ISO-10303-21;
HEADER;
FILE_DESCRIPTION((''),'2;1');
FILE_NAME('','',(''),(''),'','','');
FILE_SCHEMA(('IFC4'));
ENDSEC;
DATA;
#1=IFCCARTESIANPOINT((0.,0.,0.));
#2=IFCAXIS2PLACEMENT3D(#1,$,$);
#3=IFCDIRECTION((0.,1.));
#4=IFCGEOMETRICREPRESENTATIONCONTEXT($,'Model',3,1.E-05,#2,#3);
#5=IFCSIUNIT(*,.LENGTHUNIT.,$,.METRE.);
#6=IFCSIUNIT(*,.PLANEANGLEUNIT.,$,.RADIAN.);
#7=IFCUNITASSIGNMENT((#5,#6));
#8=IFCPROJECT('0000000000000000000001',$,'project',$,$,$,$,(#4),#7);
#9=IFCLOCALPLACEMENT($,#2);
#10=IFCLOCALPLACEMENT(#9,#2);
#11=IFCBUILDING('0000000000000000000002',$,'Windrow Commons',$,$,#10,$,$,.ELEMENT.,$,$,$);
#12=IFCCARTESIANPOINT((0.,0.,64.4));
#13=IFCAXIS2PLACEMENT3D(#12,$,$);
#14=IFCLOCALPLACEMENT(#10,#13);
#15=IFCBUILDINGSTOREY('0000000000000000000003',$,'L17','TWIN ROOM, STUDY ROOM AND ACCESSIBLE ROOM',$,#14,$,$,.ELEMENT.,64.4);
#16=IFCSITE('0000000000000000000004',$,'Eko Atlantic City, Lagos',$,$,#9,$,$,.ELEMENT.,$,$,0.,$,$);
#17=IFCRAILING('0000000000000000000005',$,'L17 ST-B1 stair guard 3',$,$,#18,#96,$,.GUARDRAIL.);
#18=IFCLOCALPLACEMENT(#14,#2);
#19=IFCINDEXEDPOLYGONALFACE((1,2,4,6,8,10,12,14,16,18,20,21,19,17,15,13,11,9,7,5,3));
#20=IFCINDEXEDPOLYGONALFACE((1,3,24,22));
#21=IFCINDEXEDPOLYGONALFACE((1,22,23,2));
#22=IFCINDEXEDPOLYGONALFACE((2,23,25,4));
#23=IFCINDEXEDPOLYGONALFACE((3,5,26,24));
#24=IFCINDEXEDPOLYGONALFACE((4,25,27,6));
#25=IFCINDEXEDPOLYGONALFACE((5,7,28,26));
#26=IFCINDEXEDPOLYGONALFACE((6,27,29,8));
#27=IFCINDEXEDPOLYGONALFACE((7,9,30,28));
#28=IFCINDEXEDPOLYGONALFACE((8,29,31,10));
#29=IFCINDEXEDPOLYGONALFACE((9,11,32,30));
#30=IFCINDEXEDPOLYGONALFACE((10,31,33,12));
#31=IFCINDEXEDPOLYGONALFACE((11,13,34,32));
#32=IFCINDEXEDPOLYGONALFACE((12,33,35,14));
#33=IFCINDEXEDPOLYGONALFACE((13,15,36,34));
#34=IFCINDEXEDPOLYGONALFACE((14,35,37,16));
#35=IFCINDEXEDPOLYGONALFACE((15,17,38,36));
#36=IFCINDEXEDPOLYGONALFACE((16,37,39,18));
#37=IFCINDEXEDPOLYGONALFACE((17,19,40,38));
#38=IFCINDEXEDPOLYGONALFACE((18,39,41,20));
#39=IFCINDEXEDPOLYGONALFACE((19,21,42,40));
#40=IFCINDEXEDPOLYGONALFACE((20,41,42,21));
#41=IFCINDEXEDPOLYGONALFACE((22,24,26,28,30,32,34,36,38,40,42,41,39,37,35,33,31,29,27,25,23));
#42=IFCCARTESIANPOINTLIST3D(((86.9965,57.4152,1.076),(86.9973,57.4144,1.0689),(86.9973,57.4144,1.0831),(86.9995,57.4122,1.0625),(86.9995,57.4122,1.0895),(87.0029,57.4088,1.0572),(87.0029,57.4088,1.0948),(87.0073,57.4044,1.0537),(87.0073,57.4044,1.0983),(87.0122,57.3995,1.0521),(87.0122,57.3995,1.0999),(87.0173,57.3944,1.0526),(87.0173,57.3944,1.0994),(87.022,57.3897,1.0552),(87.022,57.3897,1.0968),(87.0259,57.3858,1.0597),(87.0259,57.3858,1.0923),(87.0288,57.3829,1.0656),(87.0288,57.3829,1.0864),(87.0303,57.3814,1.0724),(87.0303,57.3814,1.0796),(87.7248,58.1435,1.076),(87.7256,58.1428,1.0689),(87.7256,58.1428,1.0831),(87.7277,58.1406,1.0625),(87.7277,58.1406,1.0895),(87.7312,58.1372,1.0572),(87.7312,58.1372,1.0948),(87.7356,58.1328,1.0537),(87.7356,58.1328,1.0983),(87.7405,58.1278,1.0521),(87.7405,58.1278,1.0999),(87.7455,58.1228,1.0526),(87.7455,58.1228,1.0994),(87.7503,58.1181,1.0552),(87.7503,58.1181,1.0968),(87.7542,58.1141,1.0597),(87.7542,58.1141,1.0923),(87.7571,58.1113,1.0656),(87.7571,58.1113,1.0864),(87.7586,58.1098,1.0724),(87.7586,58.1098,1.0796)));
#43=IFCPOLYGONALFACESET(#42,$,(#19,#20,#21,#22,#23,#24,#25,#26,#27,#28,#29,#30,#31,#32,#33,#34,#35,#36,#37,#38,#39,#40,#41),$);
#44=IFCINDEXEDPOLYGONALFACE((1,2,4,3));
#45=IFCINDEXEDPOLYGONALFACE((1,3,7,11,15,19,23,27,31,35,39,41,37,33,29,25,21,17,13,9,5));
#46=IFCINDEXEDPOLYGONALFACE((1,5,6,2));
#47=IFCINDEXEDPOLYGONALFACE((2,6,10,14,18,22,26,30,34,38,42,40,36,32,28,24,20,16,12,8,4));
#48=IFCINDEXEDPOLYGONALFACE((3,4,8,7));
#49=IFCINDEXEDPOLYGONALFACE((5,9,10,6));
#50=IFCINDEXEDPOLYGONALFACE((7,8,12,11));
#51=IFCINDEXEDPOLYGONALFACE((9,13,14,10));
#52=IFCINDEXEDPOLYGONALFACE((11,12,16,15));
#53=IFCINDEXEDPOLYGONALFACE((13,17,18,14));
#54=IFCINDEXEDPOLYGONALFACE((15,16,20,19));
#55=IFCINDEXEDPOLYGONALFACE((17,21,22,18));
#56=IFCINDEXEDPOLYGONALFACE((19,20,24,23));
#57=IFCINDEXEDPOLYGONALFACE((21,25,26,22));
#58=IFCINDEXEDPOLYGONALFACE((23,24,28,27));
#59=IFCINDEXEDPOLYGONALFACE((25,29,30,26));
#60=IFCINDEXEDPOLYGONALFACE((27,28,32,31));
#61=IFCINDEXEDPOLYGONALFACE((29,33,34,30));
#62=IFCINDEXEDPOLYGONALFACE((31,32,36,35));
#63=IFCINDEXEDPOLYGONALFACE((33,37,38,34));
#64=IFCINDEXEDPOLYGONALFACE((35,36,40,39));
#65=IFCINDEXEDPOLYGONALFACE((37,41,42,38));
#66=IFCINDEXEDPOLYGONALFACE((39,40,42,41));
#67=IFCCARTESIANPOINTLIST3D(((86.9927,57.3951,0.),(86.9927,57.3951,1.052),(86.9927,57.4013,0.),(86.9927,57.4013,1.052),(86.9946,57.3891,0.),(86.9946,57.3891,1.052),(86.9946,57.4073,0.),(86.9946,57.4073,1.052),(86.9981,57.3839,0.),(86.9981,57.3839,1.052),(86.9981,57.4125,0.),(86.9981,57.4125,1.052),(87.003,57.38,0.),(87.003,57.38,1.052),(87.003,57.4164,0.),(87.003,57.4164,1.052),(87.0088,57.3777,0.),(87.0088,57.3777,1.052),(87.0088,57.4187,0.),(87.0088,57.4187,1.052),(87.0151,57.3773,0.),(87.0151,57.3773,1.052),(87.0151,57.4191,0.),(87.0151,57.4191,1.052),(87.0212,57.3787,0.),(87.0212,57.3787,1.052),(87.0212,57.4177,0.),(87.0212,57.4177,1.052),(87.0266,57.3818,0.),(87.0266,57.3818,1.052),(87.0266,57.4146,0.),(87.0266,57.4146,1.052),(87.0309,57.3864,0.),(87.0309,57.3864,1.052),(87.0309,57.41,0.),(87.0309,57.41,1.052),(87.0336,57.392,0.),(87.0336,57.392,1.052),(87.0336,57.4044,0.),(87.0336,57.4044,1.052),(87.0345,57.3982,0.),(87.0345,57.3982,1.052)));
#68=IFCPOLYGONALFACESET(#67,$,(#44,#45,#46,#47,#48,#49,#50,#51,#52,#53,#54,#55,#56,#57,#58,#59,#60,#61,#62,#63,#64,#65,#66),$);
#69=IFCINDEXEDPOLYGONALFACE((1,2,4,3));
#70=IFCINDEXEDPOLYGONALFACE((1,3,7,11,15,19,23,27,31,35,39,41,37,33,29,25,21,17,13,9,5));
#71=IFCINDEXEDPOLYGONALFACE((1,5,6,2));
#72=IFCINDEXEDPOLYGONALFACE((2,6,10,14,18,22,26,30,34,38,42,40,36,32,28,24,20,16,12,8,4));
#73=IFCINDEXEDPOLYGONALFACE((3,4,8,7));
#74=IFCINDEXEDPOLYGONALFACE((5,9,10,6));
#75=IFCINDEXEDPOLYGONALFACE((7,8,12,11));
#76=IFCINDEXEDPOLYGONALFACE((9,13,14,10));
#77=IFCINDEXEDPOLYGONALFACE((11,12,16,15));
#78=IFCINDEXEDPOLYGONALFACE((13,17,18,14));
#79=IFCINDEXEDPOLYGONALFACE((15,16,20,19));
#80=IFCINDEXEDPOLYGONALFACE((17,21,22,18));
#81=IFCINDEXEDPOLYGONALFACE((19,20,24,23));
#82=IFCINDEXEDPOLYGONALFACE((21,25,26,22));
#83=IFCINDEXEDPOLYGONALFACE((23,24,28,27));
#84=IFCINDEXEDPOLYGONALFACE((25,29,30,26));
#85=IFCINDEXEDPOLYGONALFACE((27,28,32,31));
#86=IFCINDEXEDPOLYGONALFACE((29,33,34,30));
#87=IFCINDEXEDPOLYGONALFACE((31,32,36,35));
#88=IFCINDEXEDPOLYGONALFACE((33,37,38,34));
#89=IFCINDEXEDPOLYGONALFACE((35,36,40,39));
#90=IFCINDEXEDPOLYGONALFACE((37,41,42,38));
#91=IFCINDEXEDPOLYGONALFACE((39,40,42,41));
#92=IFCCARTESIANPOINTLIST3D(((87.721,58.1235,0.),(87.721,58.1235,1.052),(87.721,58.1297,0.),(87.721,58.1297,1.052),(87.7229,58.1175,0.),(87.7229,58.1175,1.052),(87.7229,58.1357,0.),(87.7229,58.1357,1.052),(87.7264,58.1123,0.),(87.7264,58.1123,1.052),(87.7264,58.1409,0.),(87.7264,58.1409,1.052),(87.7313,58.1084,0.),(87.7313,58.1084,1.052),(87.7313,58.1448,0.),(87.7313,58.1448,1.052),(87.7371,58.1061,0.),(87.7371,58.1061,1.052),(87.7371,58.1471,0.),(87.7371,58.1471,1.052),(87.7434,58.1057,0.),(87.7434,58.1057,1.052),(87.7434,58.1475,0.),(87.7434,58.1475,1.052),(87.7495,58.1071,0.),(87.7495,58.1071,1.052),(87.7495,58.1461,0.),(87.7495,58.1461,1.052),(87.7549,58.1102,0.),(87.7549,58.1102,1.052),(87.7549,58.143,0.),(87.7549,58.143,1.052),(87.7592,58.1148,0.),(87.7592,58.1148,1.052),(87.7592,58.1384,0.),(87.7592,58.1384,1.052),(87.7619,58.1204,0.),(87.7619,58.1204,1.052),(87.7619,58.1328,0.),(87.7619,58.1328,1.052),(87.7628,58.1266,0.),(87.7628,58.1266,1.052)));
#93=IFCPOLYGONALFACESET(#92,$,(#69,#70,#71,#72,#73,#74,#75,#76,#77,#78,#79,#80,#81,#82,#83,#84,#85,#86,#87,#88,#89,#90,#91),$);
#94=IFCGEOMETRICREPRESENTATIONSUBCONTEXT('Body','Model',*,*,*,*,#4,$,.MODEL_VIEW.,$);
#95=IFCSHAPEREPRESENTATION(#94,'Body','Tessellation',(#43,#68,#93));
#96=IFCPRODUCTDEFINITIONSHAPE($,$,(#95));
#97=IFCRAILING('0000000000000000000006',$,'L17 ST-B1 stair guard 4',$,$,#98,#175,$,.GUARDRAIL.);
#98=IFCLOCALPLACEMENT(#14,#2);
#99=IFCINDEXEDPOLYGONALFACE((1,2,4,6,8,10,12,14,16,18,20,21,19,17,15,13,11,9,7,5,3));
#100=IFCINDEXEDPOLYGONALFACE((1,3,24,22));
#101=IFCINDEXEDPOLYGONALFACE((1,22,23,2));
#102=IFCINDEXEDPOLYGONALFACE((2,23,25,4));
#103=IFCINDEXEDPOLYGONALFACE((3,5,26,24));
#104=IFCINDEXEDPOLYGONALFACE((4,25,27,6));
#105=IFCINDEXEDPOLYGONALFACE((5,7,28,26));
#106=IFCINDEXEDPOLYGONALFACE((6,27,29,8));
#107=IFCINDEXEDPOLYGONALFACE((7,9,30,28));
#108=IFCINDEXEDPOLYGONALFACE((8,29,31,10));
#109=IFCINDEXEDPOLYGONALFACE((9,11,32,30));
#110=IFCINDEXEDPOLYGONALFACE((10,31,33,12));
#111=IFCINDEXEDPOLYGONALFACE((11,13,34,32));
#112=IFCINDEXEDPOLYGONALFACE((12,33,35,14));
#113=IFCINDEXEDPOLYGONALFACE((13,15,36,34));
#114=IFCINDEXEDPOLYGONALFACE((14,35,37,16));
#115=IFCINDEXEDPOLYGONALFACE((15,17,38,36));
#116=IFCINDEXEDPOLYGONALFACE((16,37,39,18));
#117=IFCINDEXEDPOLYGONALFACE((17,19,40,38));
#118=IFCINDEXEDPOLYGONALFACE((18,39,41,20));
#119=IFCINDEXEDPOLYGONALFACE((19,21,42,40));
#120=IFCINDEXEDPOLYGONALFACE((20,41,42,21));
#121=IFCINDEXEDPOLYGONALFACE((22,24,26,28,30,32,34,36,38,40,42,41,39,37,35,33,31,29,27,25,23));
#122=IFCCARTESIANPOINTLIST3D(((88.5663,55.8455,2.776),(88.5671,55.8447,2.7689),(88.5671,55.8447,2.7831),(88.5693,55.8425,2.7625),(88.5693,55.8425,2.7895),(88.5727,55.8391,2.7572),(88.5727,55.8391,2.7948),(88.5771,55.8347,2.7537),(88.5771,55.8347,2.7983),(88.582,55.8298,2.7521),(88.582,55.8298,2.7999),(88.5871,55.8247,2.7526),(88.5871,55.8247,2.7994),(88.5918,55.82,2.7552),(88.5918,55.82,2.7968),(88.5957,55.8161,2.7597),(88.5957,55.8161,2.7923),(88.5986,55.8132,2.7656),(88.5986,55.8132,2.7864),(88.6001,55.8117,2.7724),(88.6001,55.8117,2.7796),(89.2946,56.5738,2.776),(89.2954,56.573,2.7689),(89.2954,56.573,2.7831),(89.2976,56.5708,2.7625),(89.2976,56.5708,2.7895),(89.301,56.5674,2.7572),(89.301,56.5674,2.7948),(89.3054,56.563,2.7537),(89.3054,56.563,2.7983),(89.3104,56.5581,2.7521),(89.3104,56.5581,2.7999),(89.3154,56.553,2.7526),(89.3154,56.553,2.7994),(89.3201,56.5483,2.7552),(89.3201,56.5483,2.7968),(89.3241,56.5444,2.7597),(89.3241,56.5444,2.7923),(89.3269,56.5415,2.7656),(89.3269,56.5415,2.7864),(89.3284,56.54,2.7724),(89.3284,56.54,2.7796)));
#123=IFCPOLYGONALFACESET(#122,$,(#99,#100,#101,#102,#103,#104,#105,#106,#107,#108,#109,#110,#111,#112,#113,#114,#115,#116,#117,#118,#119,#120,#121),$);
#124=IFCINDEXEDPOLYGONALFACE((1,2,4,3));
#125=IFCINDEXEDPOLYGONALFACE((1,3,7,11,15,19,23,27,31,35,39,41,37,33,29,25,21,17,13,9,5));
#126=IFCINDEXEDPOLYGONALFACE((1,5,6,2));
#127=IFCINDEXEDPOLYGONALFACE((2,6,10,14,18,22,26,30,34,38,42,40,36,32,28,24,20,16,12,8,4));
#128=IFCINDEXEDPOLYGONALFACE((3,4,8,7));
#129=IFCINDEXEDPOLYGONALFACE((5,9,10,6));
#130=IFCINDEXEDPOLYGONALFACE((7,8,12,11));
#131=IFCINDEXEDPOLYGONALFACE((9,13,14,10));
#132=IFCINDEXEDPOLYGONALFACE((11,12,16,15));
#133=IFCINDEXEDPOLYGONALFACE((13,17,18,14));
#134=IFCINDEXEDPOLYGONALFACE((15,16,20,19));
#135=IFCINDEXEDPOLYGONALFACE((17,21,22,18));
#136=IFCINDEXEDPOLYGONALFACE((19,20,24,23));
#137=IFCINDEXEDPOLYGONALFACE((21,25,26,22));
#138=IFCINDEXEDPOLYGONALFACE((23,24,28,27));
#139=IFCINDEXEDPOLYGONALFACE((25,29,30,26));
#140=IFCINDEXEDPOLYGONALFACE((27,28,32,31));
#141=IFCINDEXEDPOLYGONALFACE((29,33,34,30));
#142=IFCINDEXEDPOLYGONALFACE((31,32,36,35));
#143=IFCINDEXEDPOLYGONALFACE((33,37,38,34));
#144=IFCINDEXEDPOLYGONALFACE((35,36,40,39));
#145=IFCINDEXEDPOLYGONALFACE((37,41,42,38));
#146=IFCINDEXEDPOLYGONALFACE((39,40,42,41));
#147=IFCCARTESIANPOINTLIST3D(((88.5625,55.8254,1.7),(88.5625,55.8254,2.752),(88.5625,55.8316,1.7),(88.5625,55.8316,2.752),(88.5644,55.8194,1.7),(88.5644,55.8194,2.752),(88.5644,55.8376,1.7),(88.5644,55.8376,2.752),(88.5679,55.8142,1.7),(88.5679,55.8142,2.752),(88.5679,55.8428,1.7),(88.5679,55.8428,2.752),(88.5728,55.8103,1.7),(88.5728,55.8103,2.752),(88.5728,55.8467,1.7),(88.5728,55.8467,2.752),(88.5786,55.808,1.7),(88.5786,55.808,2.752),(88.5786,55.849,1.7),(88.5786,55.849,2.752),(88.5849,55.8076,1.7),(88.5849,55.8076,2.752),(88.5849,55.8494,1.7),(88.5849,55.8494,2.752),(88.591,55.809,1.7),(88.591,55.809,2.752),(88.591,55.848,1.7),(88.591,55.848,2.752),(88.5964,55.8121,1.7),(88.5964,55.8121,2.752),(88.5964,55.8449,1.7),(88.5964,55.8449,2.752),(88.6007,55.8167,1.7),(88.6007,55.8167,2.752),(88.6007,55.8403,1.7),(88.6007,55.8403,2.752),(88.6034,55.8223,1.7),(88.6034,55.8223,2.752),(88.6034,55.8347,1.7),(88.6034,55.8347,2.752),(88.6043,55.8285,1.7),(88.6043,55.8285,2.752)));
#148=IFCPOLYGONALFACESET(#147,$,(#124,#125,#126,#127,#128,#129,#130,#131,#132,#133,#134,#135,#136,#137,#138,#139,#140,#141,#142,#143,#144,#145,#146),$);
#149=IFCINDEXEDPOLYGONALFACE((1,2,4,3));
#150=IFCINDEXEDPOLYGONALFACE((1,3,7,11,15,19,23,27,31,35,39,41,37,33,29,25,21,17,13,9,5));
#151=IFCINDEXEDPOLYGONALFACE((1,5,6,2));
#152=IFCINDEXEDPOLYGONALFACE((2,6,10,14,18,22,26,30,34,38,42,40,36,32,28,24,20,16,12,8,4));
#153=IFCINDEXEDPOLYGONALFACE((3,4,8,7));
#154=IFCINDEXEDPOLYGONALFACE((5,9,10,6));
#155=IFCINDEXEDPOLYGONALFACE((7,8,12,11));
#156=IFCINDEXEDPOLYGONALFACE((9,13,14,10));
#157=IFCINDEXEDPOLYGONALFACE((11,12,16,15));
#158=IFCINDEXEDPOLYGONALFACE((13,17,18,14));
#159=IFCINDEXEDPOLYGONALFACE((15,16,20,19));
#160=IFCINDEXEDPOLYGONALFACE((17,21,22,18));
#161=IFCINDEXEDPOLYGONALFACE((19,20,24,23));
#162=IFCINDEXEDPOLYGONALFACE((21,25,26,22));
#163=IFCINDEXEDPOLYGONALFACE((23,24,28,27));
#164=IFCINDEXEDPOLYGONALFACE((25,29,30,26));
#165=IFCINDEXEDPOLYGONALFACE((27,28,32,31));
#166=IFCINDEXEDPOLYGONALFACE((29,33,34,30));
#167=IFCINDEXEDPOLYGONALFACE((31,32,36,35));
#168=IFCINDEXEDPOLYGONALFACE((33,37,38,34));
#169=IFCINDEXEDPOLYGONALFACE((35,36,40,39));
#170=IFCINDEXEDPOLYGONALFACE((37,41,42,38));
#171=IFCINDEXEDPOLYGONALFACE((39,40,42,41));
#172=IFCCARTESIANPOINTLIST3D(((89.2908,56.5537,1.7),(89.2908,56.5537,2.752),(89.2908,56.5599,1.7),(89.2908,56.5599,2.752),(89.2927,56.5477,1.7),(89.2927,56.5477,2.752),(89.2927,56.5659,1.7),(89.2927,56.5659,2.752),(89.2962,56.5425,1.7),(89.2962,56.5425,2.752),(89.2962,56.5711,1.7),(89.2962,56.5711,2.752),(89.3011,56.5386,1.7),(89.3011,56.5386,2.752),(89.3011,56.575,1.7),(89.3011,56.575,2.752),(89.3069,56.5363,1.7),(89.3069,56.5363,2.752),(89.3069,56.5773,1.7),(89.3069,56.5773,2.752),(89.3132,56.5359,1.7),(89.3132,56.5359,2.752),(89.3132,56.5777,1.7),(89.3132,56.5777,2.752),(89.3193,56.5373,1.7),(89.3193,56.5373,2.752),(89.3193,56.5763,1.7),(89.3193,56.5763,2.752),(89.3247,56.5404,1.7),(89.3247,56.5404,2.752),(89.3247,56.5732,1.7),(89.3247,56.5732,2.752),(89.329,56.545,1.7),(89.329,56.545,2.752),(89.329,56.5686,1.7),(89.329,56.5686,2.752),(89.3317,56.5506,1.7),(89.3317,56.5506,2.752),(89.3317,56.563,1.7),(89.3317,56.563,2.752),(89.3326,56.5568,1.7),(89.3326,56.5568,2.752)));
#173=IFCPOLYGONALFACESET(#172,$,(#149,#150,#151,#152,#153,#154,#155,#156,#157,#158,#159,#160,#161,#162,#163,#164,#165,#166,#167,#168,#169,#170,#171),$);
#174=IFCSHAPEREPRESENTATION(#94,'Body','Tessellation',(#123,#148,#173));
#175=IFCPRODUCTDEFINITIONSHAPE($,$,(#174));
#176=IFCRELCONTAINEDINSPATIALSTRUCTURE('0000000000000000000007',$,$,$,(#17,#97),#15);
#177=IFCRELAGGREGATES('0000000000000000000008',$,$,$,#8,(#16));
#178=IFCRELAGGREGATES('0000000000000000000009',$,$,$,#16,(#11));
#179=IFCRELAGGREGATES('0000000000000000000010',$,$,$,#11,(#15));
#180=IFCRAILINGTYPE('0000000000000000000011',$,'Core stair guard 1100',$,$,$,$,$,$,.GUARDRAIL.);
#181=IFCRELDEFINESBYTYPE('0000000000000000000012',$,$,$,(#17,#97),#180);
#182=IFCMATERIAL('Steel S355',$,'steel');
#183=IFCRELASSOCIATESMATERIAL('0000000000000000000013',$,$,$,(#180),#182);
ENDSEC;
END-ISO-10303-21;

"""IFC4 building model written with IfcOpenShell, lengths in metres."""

from ifc_helpers import new_model, si_unit, direction, frame, origin, origin_2d, place, context, subcontext, project, spatial, circle, extrude, material, type_object, element, save


model = new_model("IFC4")

# Units and contexts
model_context = context("Model", 3, precision=1e-05, world=origin(), true_north=direction((0.0, 1.0)))
body_context = subcontext(model_context, "Body", "Model", "MODEL_VIEW")
ifc_project = project(units=[si_unit("LENGTHUNIT", "METRE"), si_unit("PLANEANGLEUNIT", "RADIAN")], contexts=[model_context])

# Site, building, storey
site_placement = place(None, origin())
site = spatial("IfcSite", under=ifc_project, at=site_placement, Name="Eko Atlantic City, Lagos", CompositionType="ELEMENT", RefElevation=0.0)
building_placement = place(site_placement, origin())
building = spatial("IfcBuilding", under=site, at=building_placement, Name="Windrow Commons", CompositionType="ELEMENT")
storey_placement = place(building_placement, frame((0.0, 0.0, 64.4)))
storey = spatial("IfcBuildingStorey", under=building, at=storey_placement, Name="L17", Description="TWIN ROOM, STUDY ROOM AND ACCESSIBLE ROOM", CompositionType="ELEMENT", Elevation=64.4)

# Railings
ifc_material_1 = material(Name="Steel S355", Category="steel")
railing_type_1 = type_object("IfcRailingType", Name="Core stair guard 1100", PredefinedType="GUARDRAIL", material=ifc_material_1)
railing_1_placement = place(storey_placement, frame((87.0135, 57.3982, 0.0)))
element("IfcRailing", 1, at=railing_1_placement, inside=storey, type_object=railing_type_1, Name="L17 ST-B1 stair guard 3", PredefinedType="GUARDRAIL", context=body_context, shape_type="SweptSolid", body=[
    extrude(circle(Radius=0.024, at=origin_2d()), frame((0.0, 0.0, 1.076), z_axis=(0.707058, 0.707155, 0.0), x_axis=(-0.707155, 0.707058, 0.0)), (0.0, 0.0, 1.0), 1.03),
    extrude(circle(Radius=0.021, at=origin_2d()), origin(), (0.0, 0.0, 1.0), 1.052),
    extrude(circle(Radius=0.021, at=origin_2d()), frame((0.7283, 0.7284, 0.0)), (0.0, 0.0, 1.0), 1.052),
])
railing_2_placement = place(storey_placement, frame((88.5833, 55.8285, 1.7)))
element("IfcRailing", 2, at=railing_2_placement, inside=storey, type_object=railing_type_1, Name="L17 ST-B1 stair guard 4", PredefinedType="GUARDRAIL", context=body_context, shape_type="SweptSolid", body=[
    extrude(circle(Radius=0.024, at=origin_2d()), frame((0.0, 0.0, 1.076), z_axis=(0.707107, 0.707107, 0.0), x_axis=(-0.707107, 0.707107, 0.0)), (0.0, 0.0, 1.0), 1.03),
    extrude(circle(Radius=0.021, at=origin_2d()), origin(), (0.0, 0.0, 1.0), 1.052),
    extrude(circle(Radius=0.021, at=origin_2d()), frame((0.7283, 0.7283, 0.0)), (0.0, 0.0, 1.0), 1.052),
])

save(model, "model.ifc")
